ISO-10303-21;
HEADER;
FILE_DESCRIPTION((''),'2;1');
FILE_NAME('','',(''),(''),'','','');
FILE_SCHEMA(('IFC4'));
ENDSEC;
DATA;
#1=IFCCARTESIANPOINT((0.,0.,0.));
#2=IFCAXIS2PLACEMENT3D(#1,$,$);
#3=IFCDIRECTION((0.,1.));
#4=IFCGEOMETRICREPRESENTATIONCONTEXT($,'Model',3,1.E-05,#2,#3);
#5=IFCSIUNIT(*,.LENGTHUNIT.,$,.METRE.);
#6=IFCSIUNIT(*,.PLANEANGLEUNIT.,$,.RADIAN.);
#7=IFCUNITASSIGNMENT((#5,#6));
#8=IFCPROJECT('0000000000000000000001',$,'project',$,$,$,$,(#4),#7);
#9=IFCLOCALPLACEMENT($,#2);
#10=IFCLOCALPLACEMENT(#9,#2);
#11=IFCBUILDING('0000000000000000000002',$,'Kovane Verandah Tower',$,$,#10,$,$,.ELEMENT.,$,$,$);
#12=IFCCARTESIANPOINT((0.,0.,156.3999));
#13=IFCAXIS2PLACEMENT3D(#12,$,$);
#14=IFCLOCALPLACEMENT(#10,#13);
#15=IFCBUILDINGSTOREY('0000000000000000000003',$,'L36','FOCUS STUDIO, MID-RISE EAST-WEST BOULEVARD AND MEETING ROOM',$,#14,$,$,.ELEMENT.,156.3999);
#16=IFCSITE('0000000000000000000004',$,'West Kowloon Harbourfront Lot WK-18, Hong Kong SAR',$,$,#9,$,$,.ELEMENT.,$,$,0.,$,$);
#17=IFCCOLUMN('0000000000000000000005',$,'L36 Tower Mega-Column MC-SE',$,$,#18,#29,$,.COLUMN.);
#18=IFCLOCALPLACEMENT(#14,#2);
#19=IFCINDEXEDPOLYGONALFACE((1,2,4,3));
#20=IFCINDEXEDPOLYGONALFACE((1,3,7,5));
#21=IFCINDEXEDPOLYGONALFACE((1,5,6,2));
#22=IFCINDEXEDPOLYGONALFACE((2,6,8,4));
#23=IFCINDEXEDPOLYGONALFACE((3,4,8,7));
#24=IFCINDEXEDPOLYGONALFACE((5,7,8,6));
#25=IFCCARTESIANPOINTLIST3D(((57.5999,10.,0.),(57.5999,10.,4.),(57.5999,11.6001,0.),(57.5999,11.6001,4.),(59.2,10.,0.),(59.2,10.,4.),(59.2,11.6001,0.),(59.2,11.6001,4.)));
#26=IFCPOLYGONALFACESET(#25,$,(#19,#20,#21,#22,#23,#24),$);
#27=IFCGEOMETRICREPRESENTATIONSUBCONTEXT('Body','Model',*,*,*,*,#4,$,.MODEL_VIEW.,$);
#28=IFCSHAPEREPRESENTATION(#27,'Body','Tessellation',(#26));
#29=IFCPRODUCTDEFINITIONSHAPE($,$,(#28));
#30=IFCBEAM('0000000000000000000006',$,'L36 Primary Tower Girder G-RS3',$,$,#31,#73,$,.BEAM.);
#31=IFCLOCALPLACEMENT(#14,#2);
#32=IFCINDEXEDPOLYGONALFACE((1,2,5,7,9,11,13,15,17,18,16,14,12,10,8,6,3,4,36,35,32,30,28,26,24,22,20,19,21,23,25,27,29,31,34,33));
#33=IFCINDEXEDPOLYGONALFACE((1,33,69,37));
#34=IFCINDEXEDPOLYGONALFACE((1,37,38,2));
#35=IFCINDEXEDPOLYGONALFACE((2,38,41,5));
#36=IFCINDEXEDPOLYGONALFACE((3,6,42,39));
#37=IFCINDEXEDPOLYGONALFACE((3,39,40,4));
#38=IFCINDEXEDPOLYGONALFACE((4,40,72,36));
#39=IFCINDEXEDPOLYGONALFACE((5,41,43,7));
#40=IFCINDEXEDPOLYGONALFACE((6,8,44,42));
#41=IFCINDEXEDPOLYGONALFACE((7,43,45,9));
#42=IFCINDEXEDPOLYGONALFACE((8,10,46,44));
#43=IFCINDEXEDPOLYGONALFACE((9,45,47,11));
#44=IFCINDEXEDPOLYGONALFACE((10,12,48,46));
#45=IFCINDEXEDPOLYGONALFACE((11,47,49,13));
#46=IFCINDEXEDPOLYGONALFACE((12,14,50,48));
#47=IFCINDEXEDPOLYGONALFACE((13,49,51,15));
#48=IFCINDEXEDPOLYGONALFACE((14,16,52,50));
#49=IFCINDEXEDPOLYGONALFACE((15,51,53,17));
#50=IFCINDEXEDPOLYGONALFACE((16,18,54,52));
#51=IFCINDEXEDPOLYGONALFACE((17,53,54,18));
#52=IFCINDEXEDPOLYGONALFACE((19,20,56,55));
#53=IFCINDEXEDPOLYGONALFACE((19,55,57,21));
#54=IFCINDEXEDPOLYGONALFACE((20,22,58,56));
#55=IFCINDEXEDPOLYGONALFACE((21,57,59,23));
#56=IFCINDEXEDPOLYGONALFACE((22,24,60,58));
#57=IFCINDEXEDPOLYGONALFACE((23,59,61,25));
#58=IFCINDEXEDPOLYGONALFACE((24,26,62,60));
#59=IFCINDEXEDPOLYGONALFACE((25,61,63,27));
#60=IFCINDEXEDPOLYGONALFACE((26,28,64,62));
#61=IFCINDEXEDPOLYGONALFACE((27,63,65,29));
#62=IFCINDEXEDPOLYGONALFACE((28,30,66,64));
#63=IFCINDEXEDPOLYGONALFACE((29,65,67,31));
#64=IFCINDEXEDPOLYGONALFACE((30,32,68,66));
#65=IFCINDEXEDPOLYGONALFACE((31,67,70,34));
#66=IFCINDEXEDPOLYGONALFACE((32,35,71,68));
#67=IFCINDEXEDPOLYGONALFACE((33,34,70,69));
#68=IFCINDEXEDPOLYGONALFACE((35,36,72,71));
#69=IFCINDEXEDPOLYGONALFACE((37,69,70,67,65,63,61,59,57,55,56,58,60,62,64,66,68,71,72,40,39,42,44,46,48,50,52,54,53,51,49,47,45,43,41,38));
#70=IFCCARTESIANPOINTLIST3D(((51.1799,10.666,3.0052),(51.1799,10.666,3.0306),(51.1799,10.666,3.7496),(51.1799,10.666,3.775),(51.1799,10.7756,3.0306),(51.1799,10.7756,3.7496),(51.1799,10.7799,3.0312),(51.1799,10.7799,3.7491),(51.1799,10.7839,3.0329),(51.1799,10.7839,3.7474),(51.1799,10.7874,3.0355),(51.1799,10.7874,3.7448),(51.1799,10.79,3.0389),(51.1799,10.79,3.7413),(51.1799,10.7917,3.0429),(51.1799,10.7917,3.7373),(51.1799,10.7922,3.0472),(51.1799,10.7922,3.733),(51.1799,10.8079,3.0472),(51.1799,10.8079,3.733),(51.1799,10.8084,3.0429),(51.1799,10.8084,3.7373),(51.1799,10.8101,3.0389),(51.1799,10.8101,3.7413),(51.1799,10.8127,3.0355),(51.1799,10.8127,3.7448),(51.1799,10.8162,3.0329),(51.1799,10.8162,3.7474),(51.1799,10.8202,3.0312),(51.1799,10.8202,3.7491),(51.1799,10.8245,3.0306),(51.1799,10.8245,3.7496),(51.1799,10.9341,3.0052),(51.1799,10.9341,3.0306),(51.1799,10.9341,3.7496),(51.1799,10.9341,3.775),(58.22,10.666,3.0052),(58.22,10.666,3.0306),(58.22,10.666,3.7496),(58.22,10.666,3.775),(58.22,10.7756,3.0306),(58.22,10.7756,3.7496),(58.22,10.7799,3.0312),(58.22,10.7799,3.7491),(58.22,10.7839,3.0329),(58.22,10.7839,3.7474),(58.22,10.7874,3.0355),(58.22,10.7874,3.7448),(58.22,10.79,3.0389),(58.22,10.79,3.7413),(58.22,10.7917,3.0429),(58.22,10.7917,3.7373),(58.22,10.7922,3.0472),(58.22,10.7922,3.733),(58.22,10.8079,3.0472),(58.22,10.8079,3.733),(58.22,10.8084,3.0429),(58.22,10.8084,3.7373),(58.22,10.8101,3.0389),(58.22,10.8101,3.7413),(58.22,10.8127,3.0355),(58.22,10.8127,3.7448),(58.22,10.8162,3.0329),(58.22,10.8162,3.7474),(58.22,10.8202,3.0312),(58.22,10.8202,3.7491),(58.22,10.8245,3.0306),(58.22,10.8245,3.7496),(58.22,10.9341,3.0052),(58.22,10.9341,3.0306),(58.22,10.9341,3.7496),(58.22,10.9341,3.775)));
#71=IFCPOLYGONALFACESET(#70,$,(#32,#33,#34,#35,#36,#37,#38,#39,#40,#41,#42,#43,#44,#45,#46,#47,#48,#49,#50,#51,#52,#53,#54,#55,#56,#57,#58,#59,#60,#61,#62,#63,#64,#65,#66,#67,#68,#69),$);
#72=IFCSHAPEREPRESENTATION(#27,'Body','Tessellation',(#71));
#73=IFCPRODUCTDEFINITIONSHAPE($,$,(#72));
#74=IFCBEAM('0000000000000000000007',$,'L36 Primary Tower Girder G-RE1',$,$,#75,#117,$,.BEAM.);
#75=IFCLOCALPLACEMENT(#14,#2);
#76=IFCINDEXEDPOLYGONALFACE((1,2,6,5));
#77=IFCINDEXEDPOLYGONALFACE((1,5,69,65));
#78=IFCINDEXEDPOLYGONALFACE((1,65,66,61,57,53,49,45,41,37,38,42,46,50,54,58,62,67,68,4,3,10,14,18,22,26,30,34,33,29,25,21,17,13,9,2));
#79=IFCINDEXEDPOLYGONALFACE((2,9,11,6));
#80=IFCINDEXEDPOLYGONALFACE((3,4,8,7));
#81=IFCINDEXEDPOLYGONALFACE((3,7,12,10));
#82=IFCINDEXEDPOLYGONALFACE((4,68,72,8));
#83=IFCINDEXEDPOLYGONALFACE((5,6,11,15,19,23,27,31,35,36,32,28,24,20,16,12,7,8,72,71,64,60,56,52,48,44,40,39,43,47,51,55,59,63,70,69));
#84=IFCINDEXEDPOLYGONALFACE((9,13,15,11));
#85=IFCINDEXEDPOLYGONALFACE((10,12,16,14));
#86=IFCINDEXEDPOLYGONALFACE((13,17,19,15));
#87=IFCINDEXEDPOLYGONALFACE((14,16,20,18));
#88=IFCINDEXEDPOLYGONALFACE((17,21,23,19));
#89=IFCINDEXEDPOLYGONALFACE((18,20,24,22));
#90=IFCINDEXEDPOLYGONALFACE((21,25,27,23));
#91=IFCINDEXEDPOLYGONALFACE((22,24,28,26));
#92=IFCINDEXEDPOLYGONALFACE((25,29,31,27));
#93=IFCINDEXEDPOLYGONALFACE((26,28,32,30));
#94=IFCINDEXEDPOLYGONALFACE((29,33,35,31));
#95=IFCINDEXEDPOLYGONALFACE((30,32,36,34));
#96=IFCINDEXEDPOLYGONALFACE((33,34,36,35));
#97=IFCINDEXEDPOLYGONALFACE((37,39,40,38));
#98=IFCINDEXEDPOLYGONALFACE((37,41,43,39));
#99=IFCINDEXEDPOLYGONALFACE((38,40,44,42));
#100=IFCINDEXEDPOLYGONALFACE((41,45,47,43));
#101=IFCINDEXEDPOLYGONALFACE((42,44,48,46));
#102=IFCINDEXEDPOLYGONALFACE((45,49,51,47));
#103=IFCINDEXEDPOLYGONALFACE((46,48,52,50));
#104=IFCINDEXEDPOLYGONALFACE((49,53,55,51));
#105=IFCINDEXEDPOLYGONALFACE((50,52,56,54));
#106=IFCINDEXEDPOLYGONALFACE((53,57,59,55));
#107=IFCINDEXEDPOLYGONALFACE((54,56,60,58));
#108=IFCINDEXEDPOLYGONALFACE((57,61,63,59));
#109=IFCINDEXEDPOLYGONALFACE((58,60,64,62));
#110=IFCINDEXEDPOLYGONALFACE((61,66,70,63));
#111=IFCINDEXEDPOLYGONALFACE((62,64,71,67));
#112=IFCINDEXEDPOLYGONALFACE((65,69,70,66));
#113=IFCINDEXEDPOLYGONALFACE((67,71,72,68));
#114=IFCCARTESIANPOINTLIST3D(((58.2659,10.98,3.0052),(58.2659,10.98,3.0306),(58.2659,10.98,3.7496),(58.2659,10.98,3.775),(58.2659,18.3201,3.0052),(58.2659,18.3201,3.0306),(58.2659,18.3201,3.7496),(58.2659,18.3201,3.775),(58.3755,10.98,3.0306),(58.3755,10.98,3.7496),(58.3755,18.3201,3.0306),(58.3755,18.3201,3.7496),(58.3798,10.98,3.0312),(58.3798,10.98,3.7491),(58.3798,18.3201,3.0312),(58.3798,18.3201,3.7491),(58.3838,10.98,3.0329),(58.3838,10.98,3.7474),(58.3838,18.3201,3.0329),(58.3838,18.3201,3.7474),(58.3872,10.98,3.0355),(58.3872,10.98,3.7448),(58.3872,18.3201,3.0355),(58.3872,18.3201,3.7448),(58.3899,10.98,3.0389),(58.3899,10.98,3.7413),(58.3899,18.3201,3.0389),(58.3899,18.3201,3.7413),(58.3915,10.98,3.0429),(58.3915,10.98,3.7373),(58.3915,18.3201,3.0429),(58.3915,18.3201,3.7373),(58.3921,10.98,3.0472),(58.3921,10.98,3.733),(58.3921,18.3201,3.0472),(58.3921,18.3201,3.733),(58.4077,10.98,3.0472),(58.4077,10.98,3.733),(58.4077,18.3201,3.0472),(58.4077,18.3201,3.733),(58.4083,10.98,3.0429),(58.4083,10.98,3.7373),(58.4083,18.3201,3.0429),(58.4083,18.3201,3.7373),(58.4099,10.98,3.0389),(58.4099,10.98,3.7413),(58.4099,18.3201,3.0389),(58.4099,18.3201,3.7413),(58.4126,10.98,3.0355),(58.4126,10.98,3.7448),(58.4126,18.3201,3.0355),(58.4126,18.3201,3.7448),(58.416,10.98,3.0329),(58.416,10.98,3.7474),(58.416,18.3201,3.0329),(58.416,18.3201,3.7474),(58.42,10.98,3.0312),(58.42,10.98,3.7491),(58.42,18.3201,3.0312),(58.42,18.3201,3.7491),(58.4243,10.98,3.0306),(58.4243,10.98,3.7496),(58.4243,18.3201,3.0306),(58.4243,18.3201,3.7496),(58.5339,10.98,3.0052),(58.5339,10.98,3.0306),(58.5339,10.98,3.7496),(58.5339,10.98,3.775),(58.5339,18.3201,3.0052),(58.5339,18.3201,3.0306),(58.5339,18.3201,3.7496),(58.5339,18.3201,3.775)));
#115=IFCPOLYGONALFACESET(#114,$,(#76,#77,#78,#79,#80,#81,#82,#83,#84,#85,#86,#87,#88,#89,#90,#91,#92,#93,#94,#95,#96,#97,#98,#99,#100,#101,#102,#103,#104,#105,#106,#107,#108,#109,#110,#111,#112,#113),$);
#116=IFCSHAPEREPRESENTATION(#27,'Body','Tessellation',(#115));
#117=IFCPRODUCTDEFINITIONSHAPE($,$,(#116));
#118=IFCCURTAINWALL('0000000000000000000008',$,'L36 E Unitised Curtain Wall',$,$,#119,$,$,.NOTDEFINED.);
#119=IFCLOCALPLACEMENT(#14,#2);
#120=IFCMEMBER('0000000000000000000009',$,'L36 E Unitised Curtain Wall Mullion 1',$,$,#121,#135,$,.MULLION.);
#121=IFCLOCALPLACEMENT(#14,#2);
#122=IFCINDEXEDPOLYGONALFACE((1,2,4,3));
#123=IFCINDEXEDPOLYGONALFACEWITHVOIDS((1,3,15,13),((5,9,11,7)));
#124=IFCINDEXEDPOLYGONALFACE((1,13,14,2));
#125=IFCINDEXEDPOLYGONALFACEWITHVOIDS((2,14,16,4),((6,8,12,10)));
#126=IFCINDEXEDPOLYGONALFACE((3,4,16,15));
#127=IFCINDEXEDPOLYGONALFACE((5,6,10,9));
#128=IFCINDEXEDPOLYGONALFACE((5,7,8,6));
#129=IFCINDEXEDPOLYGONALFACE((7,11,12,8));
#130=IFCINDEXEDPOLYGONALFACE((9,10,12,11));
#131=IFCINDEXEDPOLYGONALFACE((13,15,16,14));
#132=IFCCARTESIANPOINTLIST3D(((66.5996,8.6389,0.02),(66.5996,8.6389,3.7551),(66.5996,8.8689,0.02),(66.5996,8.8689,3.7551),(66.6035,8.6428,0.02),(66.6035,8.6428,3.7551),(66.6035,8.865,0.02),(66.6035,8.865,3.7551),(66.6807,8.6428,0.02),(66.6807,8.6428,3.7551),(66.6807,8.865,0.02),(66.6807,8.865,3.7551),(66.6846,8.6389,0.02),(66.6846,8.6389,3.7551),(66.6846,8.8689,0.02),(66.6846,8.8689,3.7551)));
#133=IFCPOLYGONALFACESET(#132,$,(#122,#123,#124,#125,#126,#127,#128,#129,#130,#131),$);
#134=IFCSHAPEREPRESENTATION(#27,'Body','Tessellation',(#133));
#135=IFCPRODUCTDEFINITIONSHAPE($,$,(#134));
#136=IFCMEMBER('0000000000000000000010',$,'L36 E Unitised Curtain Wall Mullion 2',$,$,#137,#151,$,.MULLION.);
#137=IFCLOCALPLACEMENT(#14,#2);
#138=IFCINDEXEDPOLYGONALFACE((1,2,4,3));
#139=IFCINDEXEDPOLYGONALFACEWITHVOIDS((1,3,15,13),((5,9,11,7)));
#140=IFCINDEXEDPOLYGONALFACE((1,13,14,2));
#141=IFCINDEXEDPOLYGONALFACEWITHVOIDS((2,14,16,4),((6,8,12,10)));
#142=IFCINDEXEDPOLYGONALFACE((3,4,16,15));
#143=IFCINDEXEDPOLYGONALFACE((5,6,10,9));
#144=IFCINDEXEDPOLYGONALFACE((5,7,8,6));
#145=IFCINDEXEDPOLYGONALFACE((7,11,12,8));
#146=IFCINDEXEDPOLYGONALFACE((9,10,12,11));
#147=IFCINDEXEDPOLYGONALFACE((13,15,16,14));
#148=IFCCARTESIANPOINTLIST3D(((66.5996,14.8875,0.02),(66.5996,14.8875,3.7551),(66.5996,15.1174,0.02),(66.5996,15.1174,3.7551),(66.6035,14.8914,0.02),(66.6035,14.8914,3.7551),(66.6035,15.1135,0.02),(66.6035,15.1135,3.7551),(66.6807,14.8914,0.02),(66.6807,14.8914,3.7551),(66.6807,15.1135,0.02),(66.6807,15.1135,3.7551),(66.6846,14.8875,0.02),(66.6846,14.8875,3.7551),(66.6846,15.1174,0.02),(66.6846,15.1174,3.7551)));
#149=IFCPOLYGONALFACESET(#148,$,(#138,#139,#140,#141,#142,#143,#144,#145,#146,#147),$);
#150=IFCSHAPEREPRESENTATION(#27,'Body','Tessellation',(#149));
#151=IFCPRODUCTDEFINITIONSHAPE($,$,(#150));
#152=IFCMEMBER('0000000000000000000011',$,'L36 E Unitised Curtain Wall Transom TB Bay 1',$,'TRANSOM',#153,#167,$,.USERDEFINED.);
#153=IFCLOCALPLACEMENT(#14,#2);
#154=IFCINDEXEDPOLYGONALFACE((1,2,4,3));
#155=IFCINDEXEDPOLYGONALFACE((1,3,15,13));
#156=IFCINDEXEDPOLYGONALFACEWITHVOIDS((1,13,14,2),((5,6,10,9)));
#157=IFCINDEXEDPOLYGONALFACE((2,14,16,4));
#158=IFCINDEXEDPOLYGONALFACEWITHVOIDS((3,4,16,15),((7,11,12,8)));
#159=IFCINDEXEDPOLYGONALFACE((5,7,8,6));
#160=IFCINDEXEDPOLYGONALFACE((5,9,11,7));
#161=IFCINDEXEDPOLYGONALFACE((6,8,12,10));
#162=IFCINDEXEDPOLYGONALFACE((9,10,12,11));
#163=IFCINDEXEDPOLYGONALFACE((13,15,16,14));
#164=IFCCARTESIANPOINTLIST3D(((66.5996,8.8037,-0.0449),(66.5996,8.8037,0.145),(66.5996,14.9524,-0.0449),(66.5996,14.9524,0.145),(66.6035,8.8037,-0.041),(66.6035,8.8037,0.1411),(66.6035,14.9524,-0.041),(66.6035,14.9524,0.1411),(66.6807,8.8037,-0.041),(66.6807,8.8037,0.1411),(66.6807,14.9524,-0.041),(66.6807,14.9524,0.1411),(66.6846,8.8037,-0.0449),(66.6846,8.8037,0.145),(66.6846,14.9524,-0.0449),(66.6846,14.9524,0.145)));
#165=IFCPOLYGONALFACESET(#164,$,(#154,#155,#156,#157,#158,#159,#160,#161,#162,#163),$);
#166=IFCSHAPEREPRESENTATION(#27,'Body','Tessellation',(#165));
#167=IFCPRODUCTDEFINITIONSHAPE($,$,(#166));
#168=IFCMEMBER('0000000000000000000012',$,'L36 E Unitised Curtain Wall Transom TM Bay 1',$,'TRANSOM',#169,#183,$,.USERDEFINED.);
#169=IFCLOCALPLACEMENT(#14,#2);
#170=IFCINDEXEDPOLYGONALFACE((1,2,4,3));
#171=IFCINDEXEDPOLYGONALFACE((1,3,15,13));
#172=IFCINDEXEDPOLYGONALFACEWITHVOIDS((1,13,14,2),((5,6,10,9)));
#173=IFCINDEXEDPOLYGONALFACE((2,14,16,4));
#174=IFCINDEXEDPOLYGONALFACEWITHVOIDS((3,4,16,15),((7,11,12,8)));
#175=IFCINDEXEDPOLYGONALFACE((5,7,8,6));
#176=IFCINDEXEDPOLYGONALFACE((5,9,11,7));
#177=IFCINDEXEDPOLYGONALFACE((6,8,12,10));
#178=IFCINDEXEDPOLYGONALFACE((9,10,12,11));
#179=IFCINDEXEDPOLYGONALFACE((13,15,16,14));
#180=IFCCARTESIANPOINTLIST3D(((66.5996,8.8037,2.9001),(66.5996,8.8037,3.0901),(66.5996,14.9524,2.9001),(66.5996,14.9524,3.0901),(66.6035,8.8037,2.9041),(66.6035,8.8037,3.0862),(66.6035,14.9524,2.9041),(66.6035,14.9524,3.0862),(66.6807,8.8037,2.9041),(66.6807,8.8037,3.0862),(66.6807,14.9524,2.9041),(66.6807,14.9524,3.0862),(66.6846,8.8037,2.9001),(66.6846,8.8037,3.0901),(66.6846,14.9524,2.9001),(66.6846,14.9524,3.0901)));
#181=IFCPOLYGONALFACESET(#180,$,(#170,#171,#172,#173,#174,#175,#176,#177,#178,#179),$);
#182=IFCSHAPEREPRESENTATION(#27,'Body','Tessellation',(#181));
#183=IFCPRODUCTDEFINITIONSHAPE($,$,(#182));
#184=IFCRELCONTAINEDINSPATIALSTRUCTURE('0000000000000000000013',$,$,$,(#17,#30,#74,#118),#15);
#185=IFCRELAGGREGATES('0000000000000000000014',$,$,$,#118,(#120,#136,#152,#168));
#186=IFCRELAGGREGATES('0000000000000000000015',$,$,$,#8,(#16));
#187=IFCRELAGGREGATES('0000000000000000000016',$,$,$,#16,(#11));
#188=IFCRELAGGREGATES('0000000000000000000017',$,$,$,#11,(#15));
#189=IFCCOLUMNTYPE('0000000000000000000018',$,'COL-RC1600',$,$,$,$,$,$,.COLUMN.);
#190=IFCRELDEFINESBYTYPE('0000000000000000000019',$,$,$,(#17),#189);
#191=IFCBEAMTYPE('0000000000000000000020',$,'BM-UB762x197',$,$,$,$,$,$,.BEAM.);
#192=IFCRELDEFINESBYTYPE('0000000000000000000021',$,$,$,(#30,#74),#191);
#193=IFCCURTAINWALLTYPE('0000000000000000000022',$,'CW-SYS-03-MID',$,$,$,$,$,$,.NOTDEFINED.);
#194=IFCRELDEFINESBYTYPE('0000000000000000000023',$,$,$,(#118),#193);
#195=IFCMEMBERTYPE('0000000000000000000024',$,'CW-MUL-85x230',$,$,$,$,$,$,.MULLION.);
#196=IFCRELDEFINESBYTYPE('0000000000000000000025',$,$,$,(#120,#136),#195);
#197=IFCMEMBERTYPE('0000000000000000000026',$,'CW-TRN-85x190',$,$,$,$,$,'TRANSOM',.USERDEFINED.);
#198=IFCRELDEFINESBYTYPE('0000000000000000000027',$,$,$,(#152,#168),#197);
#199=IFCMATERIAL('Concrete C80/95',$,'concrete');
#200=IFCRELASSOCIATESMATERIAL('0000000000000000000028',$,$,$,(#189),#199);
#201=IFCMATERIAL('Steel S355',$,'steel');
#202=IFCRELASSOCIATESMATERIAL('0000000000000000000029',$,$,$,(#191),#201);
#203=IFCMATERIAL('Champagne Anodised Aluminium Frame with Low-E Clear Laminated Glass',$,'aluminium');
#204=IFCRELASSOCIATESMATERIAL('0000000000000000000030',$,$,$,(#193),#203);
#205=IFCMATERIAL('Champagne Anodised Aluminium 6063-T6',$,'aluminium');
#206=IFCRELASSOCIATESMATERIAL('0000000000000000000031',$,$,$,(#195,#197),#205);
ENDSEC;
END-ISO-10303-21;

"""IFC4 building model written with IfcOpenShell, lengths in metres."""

from ifc_helpers import new_model, si_unit, direction, frame, origin, origin_2d, place, context, subcontext, project, spatial, rectangle, hollow_rectangle, i_section, extrude, material, material_profile, profile_set, type_object, element, aggregate, save


model = new_model("IFC4")

# Units and contexts
model_context = context("Model", 3, precision=1e-05, world=origin(), true_north=direction((0.0, 1.0)))
body_context = subcontext(model_context, "Body", "Model", "MODEL_VIEW")
ifc_project = project(units=[si_unit("LENGTHUNIT", "METRE"), si_unit("PLANEANGLEUNIT", "RADIAN")], contexts=[model_context])

# Site, building, storey
site_placement = place(None, origin())
site = spatial("IfcSite", under=ifc_project, at=site_placement, Name="West Kowloon Harbourfront Lot WK-18, Hong Kong SAR", CompositionType="ELEMENT", RefElevation=0.0)
building_placement = place(site_placement, origin())
building = spatial("IfcBuilding", under=site, at=building_placement, Name="Kovane Verandah Tower", CompositionType="ELEMENT")
storey_placement = place(building_placement, frame((0.0, 0.0, 156.3999)))
storey = spatial("IfcBuildingStorey", under=building, at=storey_placement, Name="L36", Description="FOCUS STUDIO, MID-RISE EAST-WEST BOULEVARD AND MEETING ROOM", CompositionType="ELEMENT", Elevation=156.3999)

# Column
ifc_material_1 = material(Name="Concrete C80/95", Category="concrete")
ifc_material_profile_1 = material_profile(ifc_material_1, rectangle(XDim=1.6001, YDim=1.6001, at=origin_2d()), Name="RC1600x1600")
ifc_profile_set_1 = profile_set([ifc_material_profile_1], Name="Concrete C80/95")
column_type = type_object("IfcColumnType", Name="COL-RC1600", PredefinedType="COLUMN", material=ifc_profile_set_1)
column_placement = place(storey_placement, frame((58.3999, 10.8, 0.0), z_axis=(0.0, 0.0, 1.0), x_axis=(1.0, 0.0, 0.0)))
element("IfcColumn", 1, at=column_placement, inside=storey, type_object=column_type, Name="L36 Tower Mega-Column MC-SE", PredefinedType="COLUMN", context=body_context, shape_type="SweptSolid", body=[
    extrude(rectangle(XDim=1.6001, YDim=1.6001, at=origin_2d()), origin(), (0.0, 0.0, 1.0), 4.0),
])

# Beams
ifc_material_2 = material(Name="Steel S355", Category="steel")
ifc_material_profile_2 = material_profile(ifc_material_2, i_section(OverallWidth=0.2681, OverallDepth=0.7698, WebThickness=0.0156, FlangeThickness=0.0254, FilletRadius=0.0166, at=origin_2d()), Name="UB762x267x197")
ifc_profile_set_2 = profile_set([ifc_material_profile_2], Name="Steel S355")
beam_type_1 = type_object("IfcBeamType", Name="BM-UB762x197", PredefinedType="BEAM", material=ifc_profile_set_2)
beam_1_placement = place(storey_placement, frame((51.1799, 10.8, 3.3901), z_axis=(1.0, 0.0, 0.0), x_axis=(0.0, 1.0, 0.0)))
element("IfcBeam", 2, at=beam_1_placement, inside=storey, type_object=beam_type_1, Name="L36 Primary Tower Girder G-RS3", PredefinedType="BEAM", context=body_context, shape_type="SweptSolid", body=[
    extrude(i_section(OverallWidth=0.2681, OverallDepth=0.7698, WebThickness=0.0156, FlangeThickness=0.0254, FilletRadius=0.0166, at=origin_2d()), origin(), (0.0, 0.0, 1.0), 7.04),
])
beam_2_placement = place(storey_placement, frame((58.3999, 10.98, 3.3901), z_axis=(0.0, 1.0, 0.0), x_axis=(-1.0, 0.0, 0.0)))
element("IfcBeam", 3, at=beam_2_placement, inside=storey, type_object=beam_type_1, Name="L36 Primary Tower Girder G-RE1", PredefinedType="BEAM", context=body_context, shape_type="SweptSolid", body=[
    extrude(i_section(OverallWidth=0.2681, OverallDepth=0.7698, WebThickness=0.0156, FlangeThickness=0.0254, FilletRadius=0.0166, at=origin_2d()), origin(), (0.0, 0.0, 1.0), 7.3401),
])

# Curtain wall, members
ifc_material_3 = material(Name="Champagne Anodised Aluminium Frame with Low-E Clear Laminated Glass", Category="aluminium")
curtain_wall_type = type_object("IfcCurtainWallType", Name="CW-SYS-03-MID", PredefinedType="NOTDEFINED", material=ifc_material_3)
curtain_wall_placement = place(storey_placement, origin())
curtain_wall = element("IfcCurtainWall", 4, at=curtain_wall_placement, inside=storey, type_object=curtain_wall_type, Name="L36 E Unitised Curtain Wall", PredefinedType="NOTDEFINED")
ifc_material_4 = material(Name="Champagne Anodised Aluminium 6063-T6", Category="aluminium")
ifc_material_profile_3 = material_profile(ifc_material_4, hollow_rectangle(XDim=0.085, YDim=0.23, WallThickness=0.0039, at=origin_2d()), Name="AL85x230x4")
ifc_profile_set_3 = profile_set([ifc_material_profile_3], Name="Champagne Anodised Aluminium 6063-T6")
member_type_1 = type_object("IfcMemberType", Name="CW-MUL-85x230", PredefinedType="MULLION", material=ifc_profile_set_3)
member_1_placement = place(storey_placement, frame((66.6421, 8.7539, 0.02), z_axis=(0.0, 0.0, 1.0), x_axis=(1.0, 0.0, 0.0)))
member_1 = element("IfcMember", 5, at=member_1_placement, type_object=member_type_1, Name="L36 E Unitised Curtain Wall Mullion 1", PredefinedType="MULLION", context=body_context, shape_type="SweptSolid", body=[
    extrude(hollow_rectangle(XDim=0.085, YDim=0.23, WallThickness=0.0039, at=origin_2d()), origin(), (0.0, 0.0, 1.0), 3.7351),
])
member_2_placement = place(storey_placement, frame((66.6421, 15.0024, 0.02), z_axis=(0.0, 0.0, 1.0), x_axis=(1.0, 0.0, 0.0)))
member_2 = element("IfcMember", 6, at=member_2_placement, type_object=member_type_1, Name="L36 E Unitised Curtain Wall Mullion 2", PredefinedType="MULLION", context=body_context, shape_type="SweptSolid", body=[
    extrude(hollow_rectangle(XDim=0.085, YDim=0.23, WallThickness=0.0039, at=origin_2d()), origin(), (0.0, 0.0, 1.0), 3.7351),
])
ifc_material_profile_4 = material_profile(ifc_material_4, hollow_rectangle(XDim=0.085, YDim=0.1899, WallThickness=0.0039, at=origin_2d()), Name="AL85x190x4")
ifc_profile_set_4 = profile_set([ifc_material_profile_4], Name="Champagne Anodised Aluminium 6063-T6")
member_type_2 = type_object("IfcMemberType", Name="CW-TRN-85x190", ElementType="TRANSOM", PredefinedType="USERDEFINED", material=ifc_profile_set_4)
member_3_placement = place(storey_placement, frame((66.6421, 8.8037, 0.05), z_axis=(0.0, 1.0, 0.0), x_axis=(-1.0, 0.0, 0.0)))
member_3 = element("IfcMember", 7, at=member_3_placement, type_object=member_type_2, Name="L36 E Unitised Curtain Wall Transom TB Bay 1", ObjectType="TRANSOM", PredefinedType="USERDEFINED", context=body_context, shape_type="SweptSolid", body=[
    extrude(hollow_rectangle(XDim=0.085, YDim=0.1899, WallThickness=0.0039, at=origin_2d()), origin(), (0.0, 0.0, 1.0), 6.1487),
])
member_4_placement = place(storey_placement, frame((66.6421, 8.8037, 2.9951), z_axis=(0.0, 1.0, 0.0), x_axis=(-1.0, 0.0, 0.0)))
member_4 = element("IfcMember", 8, at=member_4_placement, type_object=member_type_2, Name="L36 E Unitised Curtain Wall Transom TM Bay 1", ObjectType="TRANSOM", PredefinedType="USERDEFINED", context=body_context, shape_type="SweptSolid", body=[
    extrude(hollow_rectangle(XDim=0.085, YDim=0.1899, WallThickness=0.0039, at=origin_2d()), origin(), (0.0, 0.0, 1.0), 6.1487),
])

aggregate(curtain_wall, [member_1, member_2, member_3, member_4])

save(model, "model.ifc")
